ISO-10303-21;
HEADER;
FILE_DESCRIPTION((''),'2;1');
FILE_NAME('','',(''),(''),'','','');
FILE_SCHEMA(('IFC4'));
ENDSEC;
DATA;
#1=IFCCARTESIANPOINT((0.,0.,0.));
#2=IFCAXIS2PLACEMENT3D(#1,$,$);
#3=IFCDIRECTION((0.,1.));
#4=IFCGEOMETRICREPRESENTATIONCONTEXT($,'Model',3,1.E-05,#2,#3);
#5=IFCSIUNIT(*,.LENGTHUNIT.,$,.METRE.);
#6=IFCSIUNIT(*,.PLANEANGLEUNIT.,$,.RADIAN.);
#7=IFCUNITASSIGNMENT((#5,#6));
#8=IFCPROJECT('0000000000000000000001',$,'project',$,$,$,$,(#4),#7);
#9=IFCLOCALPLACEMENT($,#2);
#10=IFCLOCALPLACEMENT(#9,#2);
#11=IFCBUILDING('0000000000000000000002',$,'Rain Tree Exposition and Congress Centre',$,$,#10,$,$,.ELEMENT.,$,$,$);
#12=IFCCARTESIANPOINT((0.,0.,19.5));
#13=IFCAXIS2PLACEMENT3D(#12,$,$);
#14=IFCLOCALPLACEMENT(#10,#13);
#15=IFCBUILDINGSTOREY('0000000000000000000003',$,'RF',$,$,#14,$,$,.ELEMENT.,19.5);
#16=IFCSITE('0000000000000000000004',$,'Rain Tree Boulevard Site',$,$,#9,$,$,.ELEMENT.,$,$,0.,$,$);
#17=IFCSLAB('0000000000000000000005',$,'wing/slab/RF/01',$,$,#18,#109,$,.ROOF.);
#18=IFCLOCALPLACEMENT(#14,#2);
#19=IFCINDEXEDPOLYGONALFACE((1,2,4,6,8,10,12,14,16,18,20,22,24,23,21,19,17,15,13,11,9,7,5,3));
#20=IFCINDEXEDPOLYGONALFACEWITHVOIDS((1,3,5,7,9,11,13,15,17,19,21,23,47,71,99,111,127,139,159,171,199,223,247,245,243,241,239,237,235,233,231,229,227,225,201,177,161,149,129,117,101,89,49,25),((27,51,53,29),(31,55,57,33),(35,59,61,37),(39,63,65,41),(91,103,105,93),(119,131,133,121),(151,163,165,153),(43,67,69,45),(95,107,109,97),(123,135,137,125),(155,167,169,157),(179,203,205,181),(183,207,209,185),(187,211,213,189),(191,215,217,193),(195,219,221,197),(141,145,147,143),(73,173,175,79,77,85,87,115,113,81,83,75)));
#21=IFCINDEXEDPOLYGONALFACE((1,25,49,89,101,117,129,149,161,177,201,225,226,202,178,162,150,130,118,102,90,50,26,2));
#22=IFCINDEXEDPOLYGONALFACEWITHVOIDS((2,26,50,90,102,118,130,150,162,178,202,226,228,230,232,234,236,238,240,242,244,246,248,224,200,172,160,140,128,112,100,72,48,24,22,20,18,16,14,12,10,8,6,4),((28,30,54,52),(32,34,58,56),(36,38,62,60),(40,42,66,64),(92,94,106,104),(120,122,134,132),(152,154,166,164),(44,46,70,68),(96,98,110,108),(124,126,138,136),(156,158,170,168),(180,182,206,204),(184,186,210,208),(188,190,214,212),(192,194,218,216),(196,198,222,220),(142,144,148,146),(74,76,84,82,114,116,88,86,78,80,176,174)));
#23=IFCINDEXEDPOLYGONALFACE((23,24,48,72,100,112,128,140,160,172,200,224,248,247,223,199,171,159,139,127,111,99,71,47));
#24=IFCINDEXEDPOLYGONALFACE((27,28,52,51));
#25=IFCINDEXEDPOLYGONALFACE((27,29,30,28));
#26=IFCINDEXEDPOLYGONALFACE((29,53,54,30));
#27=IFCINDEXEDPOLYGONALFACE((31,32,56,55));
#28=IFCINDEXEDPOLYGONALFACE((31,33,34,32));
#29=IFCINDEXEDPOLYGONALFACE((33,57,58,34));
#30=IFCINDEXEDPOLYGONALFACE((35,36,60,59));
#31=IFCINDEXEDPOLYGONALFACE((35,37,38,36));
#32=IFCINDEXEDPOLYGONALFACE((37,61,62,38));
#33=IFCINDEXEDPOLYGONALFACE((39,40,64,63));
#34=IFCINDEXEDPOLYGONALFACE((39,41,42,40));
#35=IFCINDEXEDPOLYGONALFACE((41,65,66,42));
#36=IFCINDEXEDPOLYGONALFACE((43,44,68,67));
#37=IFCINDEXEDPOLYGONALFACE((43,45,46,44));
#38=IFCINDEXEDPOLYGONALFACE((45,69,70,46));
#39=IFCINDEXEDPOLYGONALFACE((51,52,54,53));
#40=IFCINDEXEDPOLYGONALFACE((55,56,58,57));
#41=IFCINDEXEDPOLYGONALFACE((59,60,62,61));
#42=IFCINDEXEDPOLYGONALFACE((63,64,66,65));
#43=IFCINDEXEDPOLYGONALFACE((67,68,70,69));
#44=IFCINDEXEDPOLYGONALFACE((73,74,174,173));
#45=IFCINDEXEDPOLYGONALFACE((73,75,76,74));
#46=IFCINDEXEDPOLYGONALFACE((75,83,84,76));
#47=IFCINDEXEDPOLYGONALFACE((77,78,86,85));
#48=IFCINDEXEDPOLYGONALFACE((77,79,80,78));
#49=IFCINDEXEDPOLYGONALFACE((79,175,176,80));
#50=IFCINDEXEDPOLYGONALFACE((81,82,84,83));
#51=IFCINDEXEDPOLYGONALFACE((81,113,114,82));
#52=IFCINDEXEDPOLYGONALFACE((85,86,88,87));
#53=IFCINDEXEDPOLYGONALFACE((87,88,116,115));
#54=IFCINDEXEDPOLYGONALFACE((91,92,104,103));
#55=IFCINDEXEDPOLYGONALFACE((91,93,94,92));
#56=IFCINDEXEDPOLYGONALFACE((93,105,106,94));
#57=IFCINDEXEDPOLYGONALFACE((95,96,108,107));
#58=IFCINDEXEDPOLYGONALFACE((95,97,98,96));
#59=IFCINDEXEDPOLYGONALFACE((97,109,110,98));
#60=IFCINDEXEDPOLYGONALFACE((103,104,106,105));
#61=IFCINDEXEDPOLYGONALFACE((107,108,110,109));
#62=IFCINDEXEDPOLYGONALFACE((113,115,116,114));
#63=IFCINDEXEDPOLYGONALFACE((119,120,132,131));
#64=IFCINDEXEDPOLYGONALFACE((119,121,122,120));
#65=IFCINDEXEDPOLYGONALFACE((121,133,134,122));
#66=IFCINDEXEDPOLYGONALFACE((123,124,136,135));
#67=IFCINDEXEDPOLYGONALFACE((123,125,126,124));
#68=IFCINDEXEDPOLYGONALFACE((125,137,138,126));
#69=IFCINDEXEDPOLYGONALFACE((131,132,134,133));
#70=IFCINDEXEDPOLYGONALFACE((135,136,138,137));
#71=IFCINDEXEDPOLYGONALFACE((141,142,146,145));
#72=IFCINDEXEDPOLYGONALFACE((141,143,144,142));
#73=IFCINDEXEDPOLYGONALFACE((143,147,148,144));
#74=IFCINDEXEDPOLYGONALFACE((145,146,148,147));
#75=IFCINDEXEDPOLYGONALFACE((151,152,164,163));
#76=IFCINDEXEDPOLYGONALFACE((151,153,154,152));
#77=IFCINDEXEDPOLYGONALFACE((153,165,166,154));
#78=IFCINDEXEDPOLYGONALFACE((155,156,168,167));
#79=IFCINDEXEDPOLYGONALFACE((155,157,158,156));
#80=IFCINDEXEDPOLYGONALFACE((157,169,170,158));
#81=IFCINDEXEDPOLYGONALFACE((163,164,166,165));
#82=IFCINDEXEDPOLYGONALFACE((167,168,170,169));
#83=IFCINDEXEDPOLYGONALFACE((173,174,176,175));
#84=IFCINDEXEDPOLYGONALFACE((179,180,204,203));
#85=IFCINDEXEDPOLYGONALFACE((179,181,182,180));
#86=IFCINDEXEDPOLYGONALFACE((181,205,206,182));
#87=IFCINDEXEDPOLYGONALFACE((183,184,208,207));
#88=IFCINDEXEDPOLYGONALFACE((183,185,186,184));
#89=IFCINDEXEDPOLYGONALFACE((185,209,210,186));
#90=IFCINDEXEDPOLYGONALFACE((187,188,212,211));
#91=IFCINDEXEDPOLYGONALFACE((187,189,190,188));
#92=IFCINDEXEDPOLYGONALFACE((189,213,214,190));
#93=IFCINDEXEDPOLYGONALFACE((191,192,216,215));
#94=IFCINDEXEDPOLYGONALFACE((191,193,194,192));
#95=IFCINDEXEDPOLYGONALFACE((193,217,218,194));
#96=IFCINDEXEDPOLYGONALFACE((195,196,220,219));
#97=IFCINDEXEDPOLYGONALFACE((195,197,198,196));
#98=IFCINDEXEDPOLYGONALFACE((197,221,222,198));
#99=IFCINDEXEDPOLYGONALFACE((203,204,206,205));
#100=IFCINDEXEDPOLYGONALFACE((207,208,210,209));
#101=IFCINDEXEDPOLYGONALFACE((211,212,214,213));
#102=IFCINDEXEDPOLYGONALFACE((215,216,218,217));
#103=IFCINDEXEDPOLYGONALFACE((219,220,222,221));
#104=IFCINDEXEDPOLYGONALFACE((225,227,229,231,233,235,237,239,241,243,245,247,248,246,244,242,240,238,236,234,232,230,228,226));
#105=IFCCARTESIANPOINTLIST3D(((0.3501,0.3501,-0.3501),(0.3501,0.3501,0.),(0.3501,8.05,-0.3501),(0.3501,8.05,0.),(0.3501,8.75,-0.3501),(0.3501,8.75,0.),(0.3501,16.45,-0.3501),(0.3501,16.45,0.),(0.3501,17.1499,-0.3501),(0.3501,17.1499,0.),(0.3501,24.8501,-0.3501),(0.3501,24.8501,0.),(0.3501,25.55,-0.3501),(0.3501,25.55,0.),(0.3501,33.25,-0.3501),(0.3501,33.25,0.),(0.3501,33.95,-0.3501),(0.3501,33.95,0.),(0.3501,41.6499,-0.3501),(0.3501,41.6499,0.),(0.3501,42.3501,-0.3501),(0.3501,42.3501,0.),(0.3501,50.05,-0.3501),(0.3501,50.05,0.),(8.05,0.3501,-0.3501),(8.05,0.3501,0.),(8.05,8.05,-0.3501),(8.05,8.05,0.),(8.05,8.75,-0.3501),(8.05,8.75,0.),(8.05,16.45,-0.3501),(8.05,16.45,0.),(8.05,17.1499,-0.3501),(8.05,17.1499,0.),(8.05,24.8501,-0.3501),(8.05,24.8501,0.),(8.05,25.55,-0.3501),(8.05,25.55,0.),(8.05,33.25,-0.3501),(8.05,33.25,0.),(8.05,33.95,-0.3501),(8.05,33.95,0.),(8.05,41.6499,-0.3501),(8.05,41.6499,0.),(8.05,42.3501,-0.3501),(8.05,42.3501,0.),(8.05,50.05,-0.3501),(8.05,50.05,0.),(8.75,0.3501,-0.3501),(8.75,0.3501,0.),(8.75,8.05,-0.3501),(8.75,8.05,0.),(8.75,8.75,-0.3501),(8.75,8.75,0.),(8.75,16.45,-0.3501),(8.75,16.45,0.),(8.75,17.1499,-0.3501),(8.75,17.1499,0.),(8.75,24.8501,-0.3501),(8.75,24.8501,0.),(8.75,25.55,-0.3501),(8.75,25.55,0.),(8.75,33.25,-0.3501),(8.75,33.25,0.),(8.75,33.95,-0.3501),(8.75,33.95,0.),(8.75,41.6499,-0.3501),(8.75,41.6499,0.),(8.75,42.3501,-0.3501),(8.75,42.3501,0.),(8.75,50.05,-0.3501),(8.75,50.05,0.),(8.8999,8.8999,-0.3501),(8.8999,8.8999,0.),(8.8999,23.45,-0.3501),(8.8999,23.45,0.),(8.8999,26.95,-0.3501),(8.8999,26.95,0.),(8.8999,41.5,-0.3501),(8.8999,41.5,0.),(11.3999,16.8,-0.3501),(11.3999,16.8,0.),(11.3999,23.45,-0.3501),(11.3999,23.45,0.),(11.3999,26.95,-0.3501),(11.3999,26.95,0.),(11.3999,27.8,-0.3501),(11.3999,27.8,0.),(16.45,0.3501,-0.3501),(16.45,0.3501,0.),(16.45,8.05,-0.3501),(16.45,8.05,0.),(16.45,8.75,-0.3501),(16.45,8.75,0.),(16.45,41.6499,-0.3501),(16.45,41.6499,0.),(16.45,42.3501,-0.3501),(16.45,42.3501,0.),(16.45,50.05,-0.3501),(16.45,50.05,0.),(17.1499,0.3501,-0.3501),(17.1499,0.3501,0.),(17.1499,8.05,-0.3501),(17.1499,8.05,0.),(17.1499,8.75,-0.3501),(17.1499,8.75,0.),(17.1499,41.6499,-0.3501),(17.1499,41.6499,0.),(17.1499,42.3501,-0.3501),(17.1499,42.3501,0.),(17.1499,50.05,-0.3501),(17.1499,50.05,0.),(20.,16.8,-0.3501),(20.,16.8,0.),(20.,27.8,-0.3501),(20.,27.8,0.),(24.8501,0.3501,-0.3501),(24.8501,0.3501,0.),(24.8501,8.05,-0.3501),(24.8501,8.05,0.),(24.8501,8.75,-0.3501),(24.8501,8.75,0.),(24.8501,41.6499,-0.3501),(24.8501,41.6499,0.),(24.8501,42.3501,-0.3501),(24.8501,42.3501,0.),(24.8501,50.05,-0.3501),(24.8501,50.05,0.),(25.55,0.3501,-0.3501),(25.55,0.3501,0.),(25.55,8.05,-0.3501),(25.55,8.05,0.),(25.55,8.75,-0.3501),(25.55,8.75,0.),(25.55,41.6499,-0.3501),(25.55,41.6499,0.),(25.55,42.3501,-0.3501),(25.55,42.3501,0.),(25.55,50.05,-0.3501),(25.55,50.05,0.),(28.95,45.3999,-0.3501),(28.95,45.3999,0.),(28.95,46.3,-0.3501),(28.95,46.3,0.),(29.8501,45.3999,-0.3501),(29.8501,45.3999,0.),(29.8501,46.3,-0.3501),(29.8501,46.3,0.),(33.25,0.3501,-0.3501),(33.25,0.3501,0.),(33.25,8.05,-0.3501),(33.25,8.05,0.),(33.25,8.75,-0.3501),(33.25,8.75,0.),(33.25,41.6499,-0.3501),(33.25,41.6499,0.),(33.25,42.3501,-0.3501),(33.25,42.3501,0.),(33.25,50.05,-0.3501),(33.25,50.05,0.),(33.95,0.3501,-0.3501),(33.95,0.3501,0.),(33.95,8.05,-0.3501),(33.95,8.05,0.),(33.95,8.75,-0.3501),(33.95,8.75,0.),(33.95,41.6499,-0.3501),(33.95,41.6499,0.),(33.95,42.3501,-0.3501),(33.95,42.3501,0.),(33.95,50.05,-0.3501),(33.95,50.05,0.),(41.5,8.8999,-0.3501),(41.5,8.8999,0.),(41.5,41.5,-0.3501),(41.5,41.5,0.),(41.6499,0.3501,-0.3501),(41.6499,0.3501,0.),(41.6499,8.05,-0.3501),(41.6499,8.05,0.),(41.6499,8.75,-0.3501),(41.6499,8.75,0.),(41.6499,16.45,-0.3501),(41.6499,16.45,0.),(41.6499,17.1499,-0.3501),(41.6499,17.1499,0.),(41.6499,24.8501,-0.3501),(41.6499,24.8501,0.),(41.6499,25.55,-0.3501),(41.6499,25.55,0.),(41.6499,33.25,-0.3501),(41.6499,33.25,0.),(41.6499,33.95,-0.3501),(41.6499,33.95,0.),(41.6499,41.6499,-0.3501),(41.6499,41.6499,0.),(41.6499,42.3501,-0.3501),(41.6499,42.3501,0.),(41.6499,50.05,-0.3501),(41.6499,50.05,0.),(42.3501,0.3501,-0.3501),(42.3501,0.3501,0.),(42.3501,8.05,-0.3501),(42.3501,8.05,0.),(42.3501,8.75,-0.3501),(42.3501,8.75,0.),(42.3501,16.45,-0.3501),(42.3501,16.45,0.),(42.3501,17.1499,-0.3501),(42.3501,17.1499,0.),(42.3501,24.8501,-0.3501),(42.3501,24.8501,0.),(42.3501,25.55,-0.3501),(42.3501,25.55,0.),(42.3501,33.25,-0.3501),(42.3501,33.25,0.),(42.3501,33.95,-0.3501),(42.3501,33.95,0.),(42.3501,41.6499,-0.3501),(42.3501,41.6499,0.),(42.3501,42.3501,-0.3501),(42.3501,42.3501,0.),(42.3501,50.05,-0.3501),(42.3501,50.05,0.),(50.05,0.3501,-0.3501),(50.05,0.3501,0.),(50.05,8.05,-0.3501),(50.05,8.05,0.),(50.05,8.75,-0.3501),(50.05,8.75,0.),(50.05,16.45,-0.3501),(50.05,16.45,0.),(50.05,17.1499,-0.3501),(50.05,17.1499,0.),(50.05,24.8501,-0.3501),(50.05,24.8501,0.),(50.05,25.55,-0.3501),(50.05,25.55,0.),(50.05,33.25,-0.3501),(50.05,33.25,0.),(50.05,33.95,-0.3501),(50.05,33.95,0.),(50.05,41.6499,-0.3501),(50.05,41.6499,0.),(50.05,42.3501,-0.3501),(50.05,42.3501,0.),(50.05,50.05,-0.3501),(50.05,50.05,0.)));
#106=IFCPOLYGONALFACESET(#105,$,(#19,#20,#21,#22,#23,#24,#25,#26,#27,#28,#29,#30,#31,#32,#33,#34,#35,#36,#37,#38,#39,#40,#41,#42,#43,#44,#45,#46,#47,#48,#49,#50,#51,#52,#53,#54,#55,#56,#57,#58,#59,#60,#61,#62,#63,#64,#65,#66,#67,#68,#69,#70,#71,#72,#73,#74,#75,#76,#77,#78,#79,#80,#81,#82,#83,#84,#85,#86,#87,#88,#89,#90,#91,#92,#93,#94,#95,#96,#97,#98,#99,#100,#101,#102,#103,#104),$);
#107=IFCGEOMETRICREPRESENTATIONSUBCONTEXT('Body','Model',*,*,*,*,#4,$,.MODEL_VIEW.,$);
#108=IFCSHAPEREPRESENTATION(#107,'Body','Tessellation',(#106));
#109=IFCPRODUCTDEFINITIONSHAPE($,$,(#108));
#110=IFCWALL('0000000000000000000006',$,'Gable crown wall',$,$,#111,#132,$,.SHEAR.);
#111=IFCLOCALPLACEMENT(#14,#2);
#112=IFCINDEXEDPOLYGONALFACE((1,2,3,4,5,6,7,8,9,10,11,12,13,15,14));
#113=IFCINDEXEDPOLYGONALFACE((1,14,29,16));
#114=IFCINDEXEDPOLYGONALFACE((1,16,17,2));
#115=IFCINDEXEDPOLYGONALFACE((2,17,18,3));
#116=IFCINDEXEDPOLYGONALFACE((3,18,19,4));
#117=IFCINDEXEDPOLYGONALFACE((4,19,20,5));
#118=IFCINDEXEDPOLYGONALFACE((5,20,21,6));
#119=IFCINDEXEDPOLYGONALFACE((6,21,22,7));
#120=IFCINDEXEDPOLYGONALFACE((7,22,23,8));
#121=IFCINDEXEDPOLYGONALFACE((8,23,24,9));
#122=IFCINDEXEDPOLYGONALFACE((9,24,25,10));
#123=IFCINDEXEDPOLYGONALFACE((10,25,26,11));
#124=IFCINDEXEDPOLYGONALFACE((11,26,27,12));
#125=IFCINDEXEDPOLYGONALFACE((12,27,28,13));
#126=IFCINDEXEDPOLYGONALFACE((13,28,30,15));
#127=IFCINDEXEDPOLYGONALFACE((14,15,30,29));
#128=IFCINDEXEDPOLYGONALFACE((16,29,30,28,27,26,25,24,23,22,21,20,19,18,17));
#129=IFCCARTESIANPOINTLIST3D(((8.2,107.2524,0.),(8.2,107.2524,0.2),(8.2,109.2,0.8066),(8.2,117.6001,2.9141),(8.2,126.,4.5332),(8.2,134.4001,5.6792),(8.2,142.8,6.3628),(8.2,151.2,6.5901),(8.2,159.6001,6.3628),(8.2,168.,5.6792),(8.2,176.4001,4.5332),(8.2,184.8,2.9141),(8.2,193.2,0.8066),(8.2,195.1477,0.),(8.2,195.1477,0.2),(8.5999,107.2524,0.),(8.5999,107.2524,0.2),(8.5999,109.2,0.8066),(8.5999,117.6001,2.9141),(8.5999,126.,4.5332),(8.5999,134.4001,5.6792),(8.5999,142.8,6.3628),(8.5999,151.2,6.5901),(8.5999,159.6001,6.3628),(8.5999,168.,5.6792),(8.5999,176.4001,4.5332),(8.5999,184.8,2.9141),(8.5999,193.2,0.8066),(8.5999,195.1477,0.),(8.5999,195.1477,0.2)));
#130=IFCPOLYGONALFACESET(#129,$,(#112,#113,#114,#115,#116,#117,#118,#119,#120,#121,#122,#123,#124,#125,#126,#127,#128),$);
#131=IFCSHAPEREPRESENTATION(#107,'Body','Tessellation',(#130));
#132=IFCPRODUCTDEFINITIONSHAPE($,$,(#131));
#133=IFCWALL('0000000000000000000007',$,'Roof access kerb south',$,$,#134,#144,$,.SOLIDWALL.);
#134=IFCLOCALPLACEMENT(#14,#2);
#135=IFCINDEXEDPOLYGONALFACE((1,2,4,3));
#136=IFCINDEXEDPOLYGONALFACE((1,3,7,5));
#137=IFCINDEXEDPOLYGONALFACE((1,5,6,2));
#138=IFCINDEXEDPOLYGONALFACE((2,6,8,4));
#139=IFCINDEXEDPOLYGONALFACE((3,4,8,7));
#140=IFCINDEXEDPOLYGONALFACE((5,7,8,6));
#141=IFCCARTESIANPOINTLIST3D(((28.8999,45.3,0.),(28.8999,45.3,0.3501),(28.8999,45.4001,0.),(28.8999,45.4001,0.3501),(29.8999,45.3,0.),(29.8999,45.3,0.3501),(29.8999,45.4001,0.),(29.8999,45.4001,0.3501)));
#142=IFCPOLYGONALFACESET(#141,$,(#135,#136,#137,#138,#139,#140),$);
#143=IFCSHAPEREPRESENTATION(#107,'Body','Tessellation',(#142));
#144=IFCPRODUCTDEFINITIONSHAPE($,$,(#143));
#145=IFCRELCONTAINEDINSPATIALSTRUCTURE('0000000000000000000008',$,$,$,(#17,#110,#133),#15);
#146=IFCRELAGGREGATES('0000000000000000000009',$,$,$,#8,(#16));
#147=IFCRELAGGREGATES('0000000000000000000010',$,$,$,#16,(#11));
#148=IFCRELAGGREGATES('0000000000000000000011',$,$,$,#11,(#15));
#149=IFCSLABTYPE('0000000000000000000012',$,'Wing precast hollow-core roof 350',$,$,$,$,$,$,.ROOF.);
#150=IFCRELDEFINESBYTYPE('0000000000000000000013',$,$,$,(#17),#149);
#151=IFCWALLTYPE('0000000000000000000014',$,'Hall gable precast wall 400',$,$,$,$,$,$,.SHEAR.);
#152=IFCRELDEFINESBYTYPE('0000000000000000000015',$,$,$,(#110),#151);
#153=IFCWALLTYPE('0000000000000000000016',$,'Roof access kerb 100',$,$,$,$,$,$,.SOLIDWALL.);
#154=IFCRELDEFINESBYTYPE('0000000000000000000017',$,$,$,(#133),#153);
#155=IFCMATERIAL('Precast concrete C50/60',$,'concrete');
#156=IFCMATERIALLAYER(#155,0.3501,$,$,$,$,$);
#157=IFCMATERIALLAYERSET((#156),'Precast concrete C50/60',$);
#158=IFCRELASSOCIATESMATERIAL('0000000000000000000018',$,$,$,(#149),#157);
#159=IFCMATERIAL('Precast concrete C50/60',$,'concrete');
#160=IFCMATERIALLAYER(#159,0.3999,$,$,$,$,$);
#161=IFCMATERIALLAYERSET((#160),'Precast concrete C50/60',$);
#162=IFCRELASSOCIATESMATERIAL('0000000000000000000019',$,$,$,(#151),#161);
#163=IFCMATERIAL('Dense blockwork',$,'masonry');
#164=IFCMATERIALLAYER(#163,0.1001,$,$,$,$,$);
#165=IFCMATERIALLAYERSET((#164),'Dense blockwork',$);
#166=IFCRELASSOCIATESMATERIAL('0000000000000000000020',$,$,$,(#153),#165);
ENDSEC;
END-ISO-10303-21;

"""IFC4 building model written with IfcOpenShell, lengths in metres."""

from ifc_helpers import new_model, si_unit, direction, frame, frame_2d, origin, place, context, subcontext, project, spatial, polyline, rectangle, outline, extrude, material, layer, layer_set, type_object, element, save


model = new_model("IFC4")

# Units and contexts
model_context = context("Model", 3, precision=1e-05, world=origin(), true_north=direction((0.0, 1.0)))
body_context = subcontext(model_context, "Body", "Model", "MODEL_VIEW")
ifc_project = project(units=[si_unit("LENGTHUNIT", "METRE"), si_unit("PLANEANGLEUNIT", "RADIAN")], contexts=[model_context])

# Site, building, storey
site_placement = place(None, origin())
site = spatial("IfcSite", under=ifc_project, at=site_placement, Name="Rain Tree Boulevard Site", CompositionType="ELEMENT", RefElevation=0.0)
building_placement = place(site_placement, origin())
building = spatial("IfcBuilding", under=site, at=building_placement, Name="Rain Tree Exposition and Congress Centre", CompositionType="ELEMENT")
storey_placement = place(building_placement, frame((0.0, 0.0, 19.5)))
storey = spatial("IfcBuildingStorey", under=building, at=storey_placement, Name="RF", CompositionType="ELEMENT", Elevation=19.5)

# Slab
ifc_material_1 = material(Name="Precast concrete C50/60", Category="concrete")
ifc_layer_1 = layer(ifc_material_1, 0.3501)
ifc_layer_set_1 = layer_set([ifc_layer_1], Name="Precast concrete C50/60")
slab_type_1 = type_object("IfcSlabType", Name="Wing precast hollow-core roof 350", PredefinedType="ROOF", material=ifc_layer_set_1)
slab_1_placement = place(storey_placement, frame((0.0, 0.0, -0.3501)))
element("IfcSlab", 1, at=slab_1_placement, inside=storey, type_object=slab_type_1, Name="wing/slab/RF/01", PredefinedType="ROOF", context=body_context, shape_type="SweptSolid", body=[
    extrude(outline(polyline([(42.3501, 0.3501), (50.05, 0.3501), (50.05, 8.05), (50.05, 8.75), (50.05, 16.45), (50.05, 17.1499), (50.05, 24.8501), (50.05, 25.55), (50.05, 33.25), (50.05, 33.95), (50.05, 41.6499), (50.05, 42.3501), (50.05, 50.05), (42.3501, 50.05), (41.6499, 50.05), (33.95, 50.05), (33.25, 50.05), (25.55, 50.05), (24.8501, 50.05), (17.1499, 50.05), (16.45, 50.05), (8.75, 50.05), (8.05, 50.05), (0.3501, 50.05), (0.3501, 42.3501), (0.3501, 41.6499), (0.3501, 33.95), (0.3501, 33.25), (0.3501, 25.55), (0.3501, 24.8501), (0.3501, 17.1499), (0.3501, 16.45), (0.3501, 8.75), (0.3501, 8.05), (0.3501, 0.3501), (8.05, 0.3501), (8.75, 0.3501), (16.45, 0.3501), (17.1499, 0.3501), (24.8501, 0.3501), (25.55, 0.3501), (33.25, 0.3501), (33.95, 0.3501), (41.6499, 0.3501), (42.3501, 0.3501)]), holes=[polyline([(8.75, 8.05), (8.05, 8.05), (8.05, 8.75), (8.75, 8.75), (8.75, 8.05)]), polyline([(8.75, 17.1499), (8.75, 16.45), (8.05, 16.45), (8.05, 17.1499), (8.75, 17.1499)]), polyline([(8.75, 25.55), (8.75, 24.8501), (8.05, 24.8501), (8.05, 25.55), (8.75, 25.55)]), polyline([(8.75, 33.25), (8.05, 33.25), (8.05, 33.95), (8.75, 33.95), (8.75, 33.25)]), polyline([(8.75, 42.3501), (8.75, 41.6499), (8.05, 41.6499), (8.05, 42.3501), (8.75, 42.3501)]), polyline([(17.1499, 8.05), (16.45, 8.05), (16.45, 8.75), (17.1499, 8.75), (17.1499, 8.05)]), polyline([(25.55, 8.05), (24.8501, 8.05), (24.8501, 8.75), (25.55, 8.75), (25.55, 8.05)]), polyline([(33.95, 8.75), (33.95, 8.05), (33.25, 8.05), (33.25, 8.75), (33.95, 8.75)]), polyline([(17.1499, 42.3501), (17.1499, 41.6499), (16.45, 41.6499), (16.45, 42.3501), (17.1499, 42.3501)]), polyline([(25.55, 42.3501), (25.55, 41.6499), (24.8501, 41.6499), (24.8501, 42.3501), (25.55, 42.3501)]), polyline([(33.95, 41.6499), (33.25, 41.6499), (33.25, 42.3501), (33.95, 42.3501), (33.95, 41.6499)]), polyline([(29.8501, 45.3999), (28.95, 45.3999), (28.95, 46.3), (29.8501, 46.3), (29.8501, 45.3999)]), polyline([(42.3501, 8.05), (41.6499, 8.05), (41.6499, 8.75), (42.3501, 8.75), (42.3501, 8.05)]), polyline([(42.3501, 17.1499), (42.3501, 16.45), (41.6499, 16.45), (41.6499, 17.1499), (42.3501, 17.1499)]), polyline([(42.3501, 24.8501), (41.6499, 24.8501), (41.6499, 25.55), (42.3501, 25.55), (42.3501, 24.8501)]), polyline([(42.3501, 33.95), (42.3501, 33.25), (41.6499, 33.25), (41.6499, 33.95), (42.3501, 33.95)]), polyline([(42.3501, 41.6499), (41.6499, 41.6499), (41.6499, 42.3501), (42.3501, 42.3501), (42.3501, 41.6499)]), polyline([(8.8999, 8.8999), (8.8999, 23.45), (11.3999, 23.45), (11.3999, 16.8), (20.0, 16.8), (20.0, 27.8), (11.3999, 27.8), (11.3999, 26.95), (8.8999, 26.95), (8.8999, 41.5), (41.5, 41.5), (41.5, 8.8999), (8.8999, 8.8999)])]), origin(), (0.0, 0.0, 1.0), 0.3501),
])

# Walls
ifc_material_2 = material(Name="Precast concrete C50/60", Category="concrete")
ifc_layer_2 = layer(ifc_material_2, 0.3999)
ifc_layer_set_2 = layer_set([ifc_layer_2], Name="Precast concrete C50/60")
wall_type_1 = type_object("IfcWallType", Name="Hall gable precast wall 400", PredefinedType="SHEAR", material=ifc_layer_set_2)
wall_1_placement = place(storey_placement, frame((8.3999, 107.2524, 0.0), z_axis=(0.0, 0.0, 1.0), x_axis=(0.0, 1.0, 0.0)))
element("IfcWall", 2, at=wall_1_placement, inside=storey, type_object=wall_type_1, Name="Gable crown wall", PredefinedType="SHEAR", context=body_context, shape_type="SweptSolid", body=[
    extrude(outline(polyline([(0.0, 0.0), (87.8953, 0.0), (87.8953, 0.2), (85.9475, 0.8066), (77.5476, 2.9141), (69.1477, 4.5332), (60.7476, 5.6792), (52.3477, 6.3628), (43.9475, 6.5901), (35.5476, 6.3628), (27.1477, 5.6792), (18.7476, 4.5332), (10.3477, 2.9141), (1.9475, 0.8066), (0.0, 0.2), (0.0, 0.0)])), frame((0.0, 0.2, 0.0), z_axis=(0.0, -1.0, 0.0), x_axis=(1.0, 0.0, 0.0)), (0.0, 0.0, 1.0), 0.3999),
])
ifc_material_3 = material(Name="Dense blockwork", Category="masonry")
ifc_layer_3 = layer(ifc_material_3, 0.1001)
ifc_layer_set_3 = layer_set([ifc_layer_3], Name="Dense blockwork")
wall_type_2 = type_object("IfcWallType", Name="Roof access kerb 100", PredefinedType="SOLIDWALL", material=ifc_layer_set_3)
for number, where, z_axis, x_axis, name in (
    (3, (28.8999, 45.3501, 0.0), (0.0, 0.0, 1.0), (1.0, 0.0, 0.0), "Roof access kerb south"),
):
    element("IfcWall", number, at=place(storey_placement, frame(where, z_axis=z_axis, x_axis=x_axis)), inside=storey, type_object=wall_type_2, Name=name, PredefinedType="SOLIDWALL", context=body_context, shape_type="SweptSolid", body=[
        extrude(rectangle(XDim=1.0, YDim=0.1001, at=frame_2d((0.5, 0.0))), origin(), (0.0, 0.0, 1.0), 0.3501),
    ])

save(model, "model.ifc")
